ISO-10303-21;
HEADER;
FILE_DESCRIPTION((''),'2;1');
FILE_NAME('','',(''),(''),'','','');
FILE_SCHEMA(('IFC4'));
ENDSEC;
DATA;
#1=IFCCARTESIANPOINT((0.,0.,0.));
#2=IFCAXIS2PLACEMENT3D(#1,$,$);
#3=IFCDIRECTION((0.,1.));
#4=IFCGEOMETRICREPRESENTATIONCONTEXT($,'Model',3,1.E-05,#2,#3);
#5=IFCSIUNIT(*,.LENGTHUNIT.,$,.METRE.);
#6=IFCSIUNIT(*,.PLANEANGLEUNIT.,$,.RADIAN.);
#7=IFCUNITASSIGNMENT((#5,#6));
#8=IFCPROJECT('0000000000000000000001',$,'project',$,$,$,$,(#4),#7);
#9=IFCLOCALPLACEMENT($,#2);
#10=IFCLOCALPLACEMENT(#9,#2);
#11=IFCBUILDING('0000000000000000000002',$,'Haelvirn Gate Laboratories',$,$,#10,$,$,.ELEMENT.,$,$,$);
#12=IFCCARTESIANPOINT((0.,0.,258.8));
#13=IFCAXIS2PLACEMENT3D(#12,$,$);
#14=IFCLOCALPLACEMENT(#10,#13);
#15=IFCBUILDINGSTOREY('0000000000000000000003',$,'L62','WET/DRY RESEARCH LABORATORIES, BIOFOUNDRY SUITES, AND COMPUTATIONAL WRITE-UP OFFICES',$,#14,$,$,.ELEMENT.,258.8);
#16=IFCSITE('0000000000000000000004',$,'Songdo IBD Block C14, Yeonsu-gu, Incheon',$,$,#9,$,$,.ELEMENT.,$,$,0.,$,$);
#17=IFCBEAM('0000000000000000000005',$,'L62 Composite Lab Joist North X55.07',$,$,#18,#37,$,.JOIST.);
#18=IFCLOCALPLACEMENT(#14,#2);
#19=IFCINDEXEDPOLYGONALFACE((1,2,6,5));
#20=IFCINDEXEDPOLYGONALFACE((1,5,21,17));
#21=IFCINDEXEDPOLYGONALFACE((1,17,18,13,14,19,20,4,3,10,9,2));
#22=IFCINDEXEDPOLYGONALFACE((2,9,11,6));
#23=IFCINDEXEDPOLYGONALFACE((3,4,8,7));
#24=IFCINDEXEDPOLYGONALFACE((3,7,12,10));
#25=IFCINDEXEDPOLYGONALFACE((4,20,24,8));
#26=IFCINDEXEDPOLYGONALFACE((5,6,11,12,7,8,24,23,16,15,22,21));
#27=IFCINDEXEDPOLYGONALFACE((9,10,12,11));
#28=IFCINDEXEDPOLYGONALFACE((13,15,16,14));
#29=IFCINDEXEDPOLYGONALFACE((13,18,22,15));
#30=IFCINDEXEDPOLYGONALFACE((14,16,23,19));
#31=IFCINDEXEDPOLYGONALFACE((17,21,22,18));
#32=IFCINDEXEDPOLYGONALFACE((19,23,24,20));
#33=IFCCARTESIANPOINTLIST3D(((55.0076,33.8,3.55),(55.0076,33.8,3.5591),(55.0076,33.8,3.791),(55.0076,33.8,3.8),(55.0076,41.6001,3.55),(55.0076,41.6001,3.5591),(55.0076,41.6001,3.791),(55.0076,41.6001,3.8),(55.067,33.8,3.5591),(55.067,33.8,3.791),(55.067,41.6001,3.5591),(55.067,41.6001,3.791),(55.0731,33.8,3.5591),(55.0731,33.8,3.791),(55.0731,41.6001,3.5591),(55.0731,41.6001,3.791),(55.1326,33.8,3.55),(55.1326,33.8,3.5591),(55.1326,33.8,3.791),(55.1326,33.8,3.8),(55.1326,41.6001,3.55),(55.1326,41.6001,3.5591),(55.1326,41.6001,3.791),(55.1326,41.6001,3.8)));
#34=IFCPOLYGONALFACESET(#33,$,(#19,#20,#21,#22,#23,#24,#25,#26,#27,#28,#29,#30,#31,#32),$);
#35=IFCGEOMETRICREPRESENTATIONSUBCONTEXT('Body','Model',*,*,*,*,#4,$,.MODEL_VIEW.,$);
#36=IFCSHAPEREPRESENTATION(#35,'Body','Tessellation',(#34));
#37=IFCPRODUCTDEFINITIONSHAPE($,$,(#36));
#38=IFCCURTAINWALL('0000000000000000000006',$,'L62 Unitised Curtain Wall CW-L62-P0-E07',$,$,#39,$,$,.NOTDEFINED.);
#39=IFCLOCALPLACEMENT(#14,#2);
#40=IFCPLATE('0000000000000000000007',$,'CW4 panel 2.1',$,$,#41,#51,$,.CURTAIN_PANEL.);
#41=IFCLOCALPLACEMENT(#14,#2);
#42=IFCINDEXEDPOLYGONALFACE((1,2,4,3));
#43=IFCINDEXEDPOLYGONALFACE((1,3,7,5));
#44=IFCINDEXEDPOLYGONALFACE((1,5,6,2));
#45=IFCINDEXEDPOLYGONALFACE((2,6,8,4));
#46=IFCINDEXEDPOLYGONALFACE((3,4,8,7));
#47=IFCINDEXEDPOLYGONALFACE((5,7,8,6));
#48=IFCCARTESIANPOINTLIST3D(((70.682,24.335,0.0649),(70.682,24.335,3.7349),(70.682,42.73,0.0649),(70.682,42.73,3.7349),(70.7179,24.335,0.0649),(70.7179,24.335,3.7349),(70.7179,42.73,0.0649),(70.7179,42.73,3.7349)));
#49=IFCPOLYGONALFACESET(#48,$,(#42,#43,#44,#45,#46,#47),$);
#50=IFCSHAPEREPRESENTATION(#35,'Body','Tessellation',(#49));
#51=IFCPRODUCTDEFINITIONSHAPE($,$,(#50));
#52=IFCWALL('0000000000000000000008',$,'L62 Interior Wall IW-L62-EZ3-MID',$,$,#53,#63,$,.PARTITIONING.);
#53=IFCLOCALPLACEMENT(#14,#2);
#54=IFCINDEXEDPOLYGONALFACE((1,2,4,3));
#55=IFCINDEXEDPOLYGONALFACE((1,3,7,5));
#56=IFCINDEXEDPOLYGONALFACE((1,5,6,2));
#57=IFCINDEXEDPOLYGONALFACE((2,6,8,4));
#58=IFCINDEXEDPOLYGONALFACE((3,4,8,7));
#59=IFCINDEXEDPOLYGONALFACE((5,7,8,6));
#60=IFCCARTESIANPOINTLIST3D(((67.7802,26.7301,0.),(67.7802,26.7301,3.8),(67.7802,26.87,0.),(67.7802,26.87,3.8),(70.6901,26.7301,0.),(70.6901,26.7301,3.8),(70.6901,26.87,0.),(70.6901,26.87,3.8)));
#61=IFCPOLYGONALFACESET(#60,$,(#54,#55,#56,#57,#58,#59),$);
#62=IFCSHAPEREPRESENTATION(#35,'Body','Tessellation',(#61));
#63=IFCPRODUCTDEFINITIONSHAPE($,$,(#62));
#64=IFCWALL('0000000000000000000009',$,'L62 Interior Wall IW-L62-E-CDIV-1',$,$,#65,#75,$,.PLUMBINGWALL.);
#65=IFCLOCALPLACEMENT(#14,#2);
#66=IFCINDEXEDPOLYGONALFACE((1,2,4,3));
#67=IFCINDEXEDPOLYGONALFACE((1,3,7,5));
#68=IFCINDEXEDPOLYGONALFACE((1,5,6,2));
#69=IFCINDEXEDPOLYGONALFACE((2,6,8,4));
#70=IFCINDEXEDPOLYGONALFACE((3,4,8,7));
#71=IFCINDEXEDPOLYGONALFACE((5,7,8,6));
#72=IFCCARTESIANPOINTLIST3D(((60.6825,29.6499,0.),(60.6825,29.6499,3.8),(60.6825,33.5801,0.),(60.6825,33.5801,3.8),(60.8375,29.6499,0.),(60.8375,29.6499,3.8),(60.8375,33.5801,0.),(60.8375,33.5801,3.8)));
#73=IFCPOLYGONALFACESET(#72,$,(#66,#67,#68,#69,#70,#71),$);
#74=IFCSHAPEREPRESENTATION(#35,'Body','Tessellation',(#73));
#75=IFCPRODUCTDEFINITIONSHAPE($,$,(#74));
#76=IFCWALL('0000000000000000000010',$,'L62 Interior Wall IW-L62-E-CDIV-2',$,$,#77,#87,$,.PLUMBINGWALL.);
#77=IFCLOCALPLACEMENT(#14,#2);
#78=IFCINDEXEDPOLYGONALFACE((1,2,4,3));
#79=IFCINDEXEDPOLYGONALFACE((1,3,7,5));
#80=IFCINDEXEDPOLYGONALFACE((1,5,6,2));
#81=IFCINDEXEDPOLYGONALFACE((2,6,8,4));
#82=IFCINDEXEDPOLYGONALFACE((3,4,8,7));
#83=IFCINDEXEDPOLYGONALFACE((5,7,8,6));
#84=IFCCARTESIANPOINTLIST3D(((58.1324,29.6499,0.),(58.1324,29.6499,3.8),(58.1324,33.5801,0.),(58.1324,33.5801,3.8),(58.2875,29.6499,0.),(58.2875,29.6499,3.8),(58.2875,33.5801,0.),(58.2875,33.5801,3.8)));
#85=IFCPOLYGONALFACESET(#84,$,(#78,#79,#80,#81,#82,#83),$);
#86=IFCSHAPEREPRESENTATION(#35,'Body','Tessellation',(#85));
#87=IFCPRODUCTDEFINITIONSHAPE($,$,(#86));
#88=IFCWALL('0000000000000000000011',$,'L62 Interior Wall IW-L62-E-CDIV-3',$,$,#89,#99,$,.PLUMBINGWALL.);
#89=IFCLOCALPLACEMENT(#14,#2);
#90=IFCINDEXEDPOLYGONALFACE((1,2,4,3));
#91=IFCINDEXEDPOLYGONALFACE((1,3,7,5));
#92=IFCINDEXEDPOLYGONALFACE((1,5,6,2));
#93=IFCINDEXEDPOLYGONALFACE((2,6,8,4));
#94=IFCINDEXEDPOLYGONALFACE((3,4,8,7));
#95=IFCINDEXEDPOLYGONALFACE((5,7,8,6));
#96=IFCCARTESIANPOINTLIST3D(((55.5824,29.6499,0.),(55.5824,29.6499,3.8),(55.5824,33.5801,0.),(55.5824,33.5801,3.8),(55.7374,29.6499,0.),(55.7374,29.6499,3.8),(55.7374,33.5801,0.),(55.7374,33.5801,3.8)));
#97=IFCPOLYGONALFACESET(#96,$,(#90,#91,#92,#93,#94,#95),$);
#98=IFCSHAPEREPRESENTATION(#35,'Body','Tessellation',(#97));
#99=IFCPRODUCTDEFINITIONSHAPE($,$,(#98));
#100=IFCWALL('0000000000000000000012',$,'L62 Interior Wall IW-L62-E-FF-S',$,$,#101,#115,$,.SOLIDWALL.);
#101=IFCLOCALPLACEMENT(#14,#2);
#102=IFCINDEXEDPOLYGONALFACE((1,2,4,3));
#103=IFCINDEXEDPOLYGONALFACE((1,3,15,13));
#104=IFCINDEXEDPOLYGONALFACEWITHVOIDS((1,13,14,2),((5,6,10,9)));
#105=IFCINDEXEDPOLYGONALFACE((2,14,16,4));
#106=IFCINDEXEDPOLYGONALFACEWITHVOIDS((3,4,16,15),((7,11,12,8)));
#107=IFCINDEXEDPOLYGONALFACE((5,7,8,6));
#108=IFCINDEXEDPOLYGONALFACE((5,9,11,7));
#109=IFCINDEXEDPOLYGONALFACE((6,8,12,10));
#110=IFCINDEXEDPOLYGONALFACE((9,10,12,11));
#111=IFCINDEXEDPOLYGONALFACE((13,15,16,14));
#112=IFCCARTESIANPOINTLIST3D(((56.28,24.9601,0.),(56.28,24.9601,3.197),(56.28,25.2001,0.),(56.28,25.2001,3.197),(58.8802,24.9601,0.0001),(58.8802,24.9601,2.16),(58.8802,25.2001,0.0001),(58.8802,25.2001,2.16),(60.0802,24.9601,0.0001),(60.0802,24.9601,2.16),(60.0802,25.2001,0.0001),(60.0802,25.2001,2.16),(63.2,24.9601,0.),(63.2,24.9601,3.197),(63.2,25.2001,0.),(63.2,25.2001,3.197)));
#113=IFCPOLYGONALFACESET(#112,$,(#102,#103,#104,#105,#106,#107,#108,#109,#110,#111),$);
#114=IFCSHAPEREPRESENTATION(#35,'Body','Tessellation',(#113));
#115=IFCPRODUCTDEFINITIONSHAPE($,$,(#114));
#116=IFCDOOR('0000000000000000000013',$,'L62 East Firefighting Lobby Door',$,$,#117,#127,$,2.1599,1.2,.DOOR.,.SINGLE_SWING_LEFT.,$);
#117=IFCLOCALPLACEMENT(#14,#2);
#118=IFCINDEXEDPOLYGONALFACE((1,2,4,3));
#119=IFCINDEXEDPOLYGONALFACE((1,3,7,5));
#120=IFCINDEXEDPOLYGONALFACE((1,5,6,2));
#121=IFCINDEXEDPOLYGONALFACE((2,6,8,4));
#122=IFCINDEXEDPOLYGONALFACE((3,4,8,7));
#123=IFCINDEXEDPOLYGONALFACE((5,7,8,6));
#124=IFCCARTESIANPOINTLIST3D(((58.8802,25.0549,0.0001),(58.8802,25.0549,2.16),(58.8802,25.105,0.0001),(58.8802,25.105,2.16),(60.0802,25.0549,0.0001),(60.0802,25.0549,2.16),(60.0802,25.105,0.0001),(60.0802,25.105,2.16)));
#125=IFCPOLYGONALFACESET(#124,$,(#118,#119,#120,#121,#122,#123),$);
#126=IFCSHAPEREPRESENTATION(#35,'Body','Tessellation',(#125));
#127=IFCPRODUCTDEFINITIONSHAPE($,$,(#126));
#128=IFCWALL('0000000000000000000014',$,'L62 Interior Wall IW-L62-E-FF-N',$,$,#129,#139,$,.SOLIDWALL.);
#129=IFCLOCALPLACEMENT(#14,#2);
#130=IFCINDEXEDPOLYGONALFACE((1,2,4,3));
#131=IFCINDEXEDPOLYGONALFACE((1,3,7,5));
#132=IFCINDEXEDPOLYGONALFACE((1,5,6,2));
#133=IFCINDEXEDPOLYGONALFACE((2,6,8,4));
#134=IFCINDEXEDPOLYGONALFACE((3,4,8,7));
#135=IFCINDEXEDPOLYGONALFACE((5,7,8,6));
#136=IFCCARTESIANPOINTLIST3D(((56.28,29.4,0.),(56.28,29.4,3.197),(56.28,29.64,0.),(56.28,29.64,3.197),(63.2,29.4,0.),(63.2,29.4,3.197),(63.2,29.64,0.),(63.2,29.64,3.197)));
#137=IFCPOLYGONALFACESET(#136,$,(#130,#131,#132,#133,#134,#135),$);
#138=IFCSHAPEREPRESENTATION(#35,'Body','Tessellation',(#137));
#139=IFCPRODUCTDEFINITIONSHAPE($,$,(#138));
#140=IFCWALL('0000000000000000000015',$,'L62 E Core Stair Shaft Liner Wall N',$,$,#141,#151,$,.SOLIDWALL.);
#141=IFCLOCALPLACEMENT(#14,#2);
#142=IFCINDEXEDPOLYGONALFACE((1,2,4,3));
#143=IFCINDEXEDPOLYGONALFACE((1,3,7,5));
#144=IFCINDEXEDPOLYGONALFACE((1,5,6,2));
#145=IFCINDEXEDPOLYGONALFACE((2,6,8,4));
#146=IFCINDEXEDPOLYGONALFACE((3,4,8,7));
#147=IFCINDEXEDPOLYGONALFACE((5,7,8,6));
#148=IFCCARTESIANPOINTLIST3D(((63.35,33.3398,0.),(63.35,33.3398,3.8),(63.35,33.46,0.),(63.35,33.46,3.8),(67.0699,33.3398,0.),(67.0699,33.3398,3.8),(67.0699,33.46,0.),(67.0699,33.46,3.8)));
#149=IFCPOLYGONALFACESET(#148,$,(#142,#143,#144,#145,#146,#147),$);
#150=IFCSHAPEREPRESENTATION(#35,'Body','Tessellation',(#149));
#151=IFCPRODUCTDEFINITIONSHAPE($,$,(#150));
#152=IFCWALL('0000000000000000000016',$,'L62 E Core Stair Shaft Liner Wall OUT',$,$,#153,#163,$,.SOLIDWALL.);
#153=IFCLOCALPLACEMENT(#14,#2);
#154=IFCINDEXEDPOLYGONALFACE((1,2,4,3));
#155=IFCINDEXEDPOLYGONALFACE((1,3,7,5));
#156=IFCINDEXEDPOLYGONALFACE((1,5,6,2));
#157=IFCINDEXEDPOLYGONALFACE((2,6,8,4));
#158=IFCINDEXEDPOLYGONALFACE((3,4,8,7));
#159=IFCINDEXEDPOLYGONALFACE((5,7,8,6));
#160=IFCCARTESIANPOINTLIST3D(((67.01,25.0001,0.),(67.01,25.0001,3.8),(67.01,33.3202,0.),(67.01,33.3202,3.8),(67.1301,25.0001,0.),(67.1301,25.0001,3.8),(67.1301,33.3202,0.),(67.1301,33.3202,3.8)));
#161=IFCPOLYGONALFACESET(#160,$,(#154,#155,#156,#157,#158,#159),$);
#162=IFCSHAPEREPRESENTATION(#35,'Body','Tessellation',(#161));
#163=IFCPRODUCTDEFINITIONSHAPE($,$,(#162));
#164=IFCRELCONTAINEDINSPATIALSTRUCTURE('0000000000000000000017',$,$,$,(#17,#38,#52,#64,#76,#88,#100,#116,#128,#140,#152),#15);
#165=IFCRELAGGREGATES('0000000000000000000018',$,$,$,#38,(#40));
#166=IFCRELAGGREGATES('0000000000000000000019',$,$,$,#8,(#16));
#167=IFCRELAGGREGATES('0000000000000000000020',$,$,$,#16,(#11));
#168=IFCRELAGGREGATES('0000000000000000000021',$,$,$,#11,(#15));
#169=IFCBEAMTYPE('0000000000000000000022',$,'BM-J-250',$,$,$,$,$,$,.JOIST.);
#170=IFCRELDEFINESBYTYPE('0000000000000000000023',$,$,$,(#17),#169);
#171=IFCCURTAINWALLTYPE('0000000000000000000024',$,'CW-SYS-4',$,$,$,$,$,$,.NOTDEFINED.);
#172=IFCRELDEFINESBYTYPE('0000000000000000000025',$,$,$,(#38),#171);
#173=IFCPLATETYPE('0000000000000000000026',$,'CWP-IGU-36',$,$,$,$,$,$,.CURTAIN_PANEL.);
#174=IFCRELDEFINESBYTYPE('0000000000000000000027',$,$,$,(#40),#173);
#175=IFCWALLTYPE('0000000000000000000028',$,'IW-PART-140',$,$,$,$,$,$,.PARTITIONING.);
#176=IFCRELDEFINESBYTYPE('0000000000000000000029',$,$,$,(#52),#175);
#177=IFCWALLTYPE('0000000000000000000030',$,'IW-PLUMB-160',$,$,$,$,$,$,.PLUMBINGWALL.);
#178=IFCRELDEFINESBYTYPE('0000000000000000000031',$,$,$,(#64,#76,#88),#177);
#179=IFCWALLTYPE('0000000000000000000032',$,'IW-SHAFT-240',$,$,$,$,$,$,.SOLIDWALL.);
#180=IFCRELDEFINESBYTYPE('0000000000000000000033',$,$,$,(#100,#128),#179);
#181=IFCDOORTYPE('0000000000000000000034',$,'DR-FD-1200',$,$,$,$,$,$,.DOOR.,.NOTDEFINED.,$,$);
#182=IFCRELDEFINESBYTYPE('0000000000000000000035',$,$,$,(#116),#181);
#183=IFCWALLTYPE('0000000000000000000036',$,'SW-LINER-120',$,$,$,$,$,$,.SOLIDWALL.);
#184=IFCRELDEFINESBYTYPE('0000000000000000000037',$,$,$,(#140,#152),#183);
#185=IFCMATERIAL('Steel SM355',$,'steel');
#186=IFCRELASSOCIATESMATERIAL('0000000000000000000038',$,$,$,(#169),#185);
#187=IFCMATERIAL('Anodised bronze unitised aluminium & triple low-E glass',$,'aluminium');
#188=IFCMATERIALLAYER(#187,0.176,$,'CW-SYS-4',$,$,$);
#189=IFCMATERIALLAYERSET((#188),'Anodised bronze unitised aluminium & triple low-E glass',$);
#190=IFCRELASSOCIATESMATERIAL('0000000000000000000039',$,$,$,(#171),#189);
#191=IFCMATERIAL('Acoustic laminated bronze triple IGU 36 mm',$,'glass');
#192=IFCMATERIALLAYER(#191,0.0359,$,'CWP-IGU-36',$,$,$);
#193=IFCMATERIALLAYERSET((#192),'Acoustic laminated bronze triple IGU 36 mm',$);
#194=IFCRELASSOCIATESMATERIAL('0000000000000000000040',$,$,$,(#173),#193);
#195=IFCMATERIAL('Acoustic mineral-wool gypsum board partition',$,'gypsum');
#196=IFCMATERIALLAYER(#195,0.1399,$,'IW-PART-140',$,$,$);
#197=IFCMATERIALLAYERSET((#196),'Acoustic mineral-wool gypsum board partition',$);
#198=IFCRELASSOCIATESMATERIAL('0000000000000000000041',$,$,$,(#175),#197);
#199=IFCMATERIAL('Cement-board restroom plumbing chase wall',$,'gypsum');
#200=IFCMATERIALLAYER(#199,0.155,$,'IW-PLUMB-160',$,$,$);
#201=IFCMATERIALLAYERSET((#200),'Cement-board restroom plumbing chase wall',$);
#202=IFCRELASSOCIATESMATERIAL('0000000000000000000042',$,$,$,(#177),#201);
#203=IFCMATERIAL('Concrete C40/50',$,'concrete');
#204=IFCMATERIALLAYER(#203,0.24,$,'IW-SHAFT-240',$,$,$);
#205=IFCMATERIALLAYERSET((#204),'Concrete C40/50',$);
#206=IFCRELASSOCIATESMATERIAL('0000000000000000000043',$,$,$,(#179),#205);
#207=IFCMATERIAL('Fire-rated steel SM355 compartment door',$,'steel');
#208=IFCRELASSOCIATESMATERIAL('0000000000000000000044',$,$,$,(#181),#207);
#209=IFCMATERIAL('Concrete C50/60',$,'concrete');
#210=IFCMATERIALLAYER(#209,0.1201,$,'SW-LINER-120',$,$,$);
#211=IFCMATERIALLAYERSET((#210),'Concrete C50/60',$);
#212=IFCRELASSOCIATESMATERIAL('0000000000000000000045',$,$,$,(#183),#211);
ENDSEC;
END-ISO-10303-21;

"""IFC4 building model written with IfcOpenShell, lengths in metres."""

from ifc_helpers import new_model, si_unit, direction, frame, frame_2d, origin, origin_2d, place, context, subcontext, project, spatial, rectangle, i_section, extrude, source, transform, mapped, material, layer, layer_set, material_profile, profile_set, type_object, type_shapes, element, fill, aggregate, save


model = new_model("IFC4")

# Units and contexts
model_context = context("Model", 3, precision=1e-05, world=origin(), true_north=direction((0.0, 1.0)))
body_context = subcontext(model_context, "Body", "Model", "MODEL_VIEW")
ifc_project = project(units=[si_unit("LENGTHUNIT", "METRE"), si_unit("PLANEANGLEUNIT", "RADIAN")], contexts=[model_context])

# Site, building, storey
site_placement = place(None, origin())
site = spatial("IfcSite", under=ifc_project, at=site_placement, Name="Songdo IBD Block C14, Yeonsu-gu, Incheon", CompositionType="ELEMENT", RefElevation=0.0)
building_placement = place(site_placement, origin())
building = spatial("IfcBuilding", under=site, at=building_placement, Name="Haelvirn Gate Laboratories", CompositionType="ELEMENT")
storey_placement = place(building_placement, frame((0.0, 0.0, 258.8)))
storey = spatial("IfcBuildingStorey", under=building, at=storey_placement, Name="L62", Description="WET/DRY RESEARCH LABORATORIES, BIOFOUNDRY SUITES, AND COMPUTATIONAL WRITE-UP OFFICES", CompositionType="ELEMENT", Elevation=258.8)

# Beam
ifc_material_1 = material(Name="Steel SM355", Category="steel")
ifc_material_profile = material_profile(ifc_material_1, i_section(OverallWidth=0.125, OverallDepth=0.25, WebThickness=0.0061, FlangeThickness=0.009, at=origin_2d()), Name="H-250x125x6x9")
ifc_profile_set = profile_set([ifc_material_profile], Name="Steel SM355")
beam_type = type_object("IfcBeamType", Name="BM-J-250", PredefinedType="JOIST", material=ifc_profile_set)
shared_shape_1 = source(origin(), body_context, "Body", "SweptSolid", [
    extrude(i_section(OverallWidth=0.125, OverallDepth=0.25, WebThickness=0.0061, FlangeThickness=0.009, at=origin_2d()), origin(), (0.0, 0.0, 1.0), 7.8),
])
type_shapes(beam_type, [shared_shape_1])
beam_placement = place(storey_placement, frame((55.0701, 33.8, 3.675), z_axis=(0.0, 1.0, 0.0), x_axis=(-1.0, 0.0, 0.0)))
element("IfcBeam", 1, at=beam_placement, inside=storey, type_object=beam_type, Name="L62 Composite Lab Joist North X55.07", PredefinedType="JOIST", context=body_context, shape_type="MappedRepresentation", body=[
    mapped(shared_shape_1, transform((0.0, 0.0, 0.0), scale=1.0)),
])

# Curtain wall, plate
ifc_material_2 = material(Name="Anodised bronze unitised aluminium & triple low-E glass", Category="aluminium")
ifc_layer_1 = layer(ifc_material_2, 0.176, Name="CW-SYS-4")
ifc_layer_set_1 = layer_set([ifc_layer_1], Name="Anodised bronze unitised aluminium & triple low-E glass")
curtain_wall_type = type_object("IfcCurtainWallType", Name="CW-SYS-4", PredefinedType="NOTDEFINED", material=ifc_layer_set_1)
curtain_wall_placement = place(storey_placement, origin())
curtain_wall = element("IfcCurtainWall", 2, at=curtain_wall_placement, inside=storey, type_object=curtain_wall_type, Name="L62 Unitised Curtain Wall CW-L62-P0-E07", PredefinedType="NOTDEFINED")
ifc_material_3 = material(Name="Acoustic laminated bronze triple IGU 36 mm", Category="glass")
ifc_layer_2 = layer(ifc_material_3, 0.0359, Name="CWP-IGU-36")
ifc_layer_set_2 = layer_set([ifc_layer_2], Name="Acoustic laminated bronze triple IGU 36 mm")
plate_type = type_object("IfcPlateType", Name="CWP-IGU-36", PredefinedType="CURTAIN_PANEL", material=ifc_layer_set_2)
shared_shape_2 = source(origin(), body_context, "Body", "SweptSolid", [
    extrude(rectangle(XDim=18.395, YDim=0.0359, at=origin_2d()), origin(), (0.0, 0.0, 1.0), 3.6699),
])
type_shapes(plate_type, [shared_shape_2])
plate_placement = place(storey_placement, frame((70.7, 33.5325, 0.0649), z_axis=(0.0, 0.0, 1.0), x_axis=(0.0, 1.0, 0.0)))
plate = element("IfcPlate", 3, at=plate_placement, type_object=plate_type, Name="CW4 panel 2.1", PredefinedType="CURTAIN_PANEL", context=body_context, shape_type="MappedRepresentation", body=[
    mapped(shared_shape_2, transform((0.0, 0.0, 0.0), scale=1.0)),
])
aggregate(curtain_wall, [plate])

# Walls
ifc_material_4 = material(Name="Acoustic mineral-wool gypsum board partition", Category="gypsum")
ifc_layer_3 = layer(ifc_material_4, 0.1399, Name="IW-PART-140")
ifc_layer_set_3 = layer_set([ifc_layer_3], Name="Acoustic mineral-wool gypsum board partition")
wall_type_1 = type_object("IfcWallType", Name="IW-PART-140", PredefinedType="PARTITIONING", material=ifc_layer_set_3)
wall_1_placement = place(storey_placement, frame((67.78, 26.8, 0.0), z_axis=(0.0, 0.0, 1.0), x_axis=(1.0, 0.0, 0.0)))
element("IfcWall", 4, at=wall_1_placement, inside=storey, type_object=wall_type_1, Name="L62 Interior Wall IW-L62-EZ3-MID", PredefinedType="PARTITIONING", context=body_context, shape_type="SweptSolid", body=[
    extrude(rectangle(XDim=2.9099, YDim=0.1399, at=frame_2d((1.4551, 0.0))), origin(), (0.0, 0.0, 1.0), 3.8),
])
ifc_material_5 = material(Name="Cement-board restroom plumbing chase wall", Category="gypsum")
ifc_layer_4 = layer(ifc_material_5, 0.155, Name="IW-PLUMB-160")
ifc_layer_set_4 = layer_set([ifc_layer_4], Name="Cement-board restroom plumbing chase wall")
wall_type_2 = type_object("IfcWallType", Name="IW-PLUMB-160", PredefinedType="PLUMBINGWALL", material=ifc_layer_set_4)
for number, where, z_axis, x_axis, name in (
    (5, (60.76, 29.6499, 0.0), (0.0, 0.0, 1.0), (0.0, 1.0, 0.0), "L62 Interior Wall IW-L62-E-CDIV-1"),
    (6, (58.21, 29.6499, 0.0), (0.0, 0.0, 1.0), (0.0, 1.0, 0.0), "L62 Interior Wall IW-L62-E-CDIV-2"),
    (7, (55.6599, 29.6499, 0.0), (0.0, 0.0, 1.0), (0.0, 1.0, 0.0), "L62 Interior Wall IW-L62-E-CDIV-3"),
):
    element("IfcWall", number, at=place(storey_placement, frame(where, z_axis=z_axis, x_axis=x_axis)), inside=storey, type_object=wall_type_2, Name=name, PredefinedType="PLUMBINGWALL", context=body_context, shape_type="SweptSolid", body=[
        extrude(rectangle(XDim=3.9302, YDim=0.155, at=frame_2d((1.9651, 0.0))), origin(), (0.0, 0.0, 1.0), 3.8),
    ])

# Wall, opening, door
ifc_material_6 = material(Name="Concrete C40/50", Category="concrete")
ifc_layer_5 = layer(ifc_material_6, 0.24, Name="IW-SHAFT-240")
ifc_layer_set_5 = layer_set([ifc_layer_5], Name="Concrete C40/50")
wall_type_3 = type_object("IfcWallType", Name="IW-SHAFT-240", PredefinedType="SOLIDWALL", material=ifc_layer_set_5)
wall_2_placement = place(storey_placement, frame((56.28, 25.0801, 0.0), z_axis=(0.0, 0.0, 1.0), x_axis=(1.0, 0.0, 0.0)))
wall_2 = element("IfcWall", 8, at=wall_2_placement, inside=storey, type_object=wall_type_3, Name="L62 Interior Wall IW-L62-E-FF-S", PredefinedType="SOLIDWALL", context=body_context, shape_type="SweptSolid", body=[
    extrude(rectangle(XDim=6.9199, YDim=0.24, at=frame_2d((3.46, 0.0))), origin(), (0.0, 0.0, 1.0), 3.197),
])
opening_1_placement = place(wall_2_placement, frame((2.6001, 0.0, 0.0)))
opening_1 = element("IfcOpeningElement", 9, at=opening_1_placement, cuts=wall_2, PredefinedType="OPENING", context=body_context, shape_type="SweptSolid", body=[
    extrude(rectangle(XDim=1.2, YDim=2.1599, at=frame_2d((0.6001, 1.0801))), frame((0.0, 0.1299, 0.0), z_axis=(0.0, -1.0, 0.0), x_axis=(1.0, 0.0, 0.0)), (0.0, 0.0, 1.0), 0.26),
])
ifc_material_7 = material(Name="Fire-rated steel SM355 compartment door", Category="steel")
door_type_1 = type_object("IfcDoorType", Name="DR-FD-1200", OperationType="NOTDEFINED", PredefinedType="DOOR", material=ifc_material_7)
shared_shape_3 = source(origin(), body_context, "Body", "SweptSolid", [
    extrude(rectangle(XDim=1.2, YDim=2.1599, at=frame_2d((0.6001, 1.0801))), frame((0.0, 0.0249, 0.0), z_axis=(0.0, -1.0, 0.0), x_axis=(1.0, 0.0, 0.0)), (0.0, 0.0, 1.0), 0.05),
])
type_shapes(door_type_1, [shared_shape_3])
door_1_placement = place(opening_1_placement, origin())
door_1 = element("IfcDoor", 10, at=door_1_placement, inside=storey, type_object=door_type_1, Name="L62 East Firefighting Lobby Door", OperationType="SINGLE_SWING_LEFT", OverallHeight=2.1599, OverallWidth=1.2, PredefinedType="DOOR", context=body_context, shape_type="MappedRepresentation", body=[
    mapped(shared_shape_3, transform((0.0, 0.0, 0.0), scale=1.0)),
])
fill(opening_1, door_1)

# Walls
wall_3_placement = place(storey_placement, frame((56.28, 29.52, 0.0), z_axis=(0.0, 0.0, 1.0), x_axis=(1.0, 0.0, 0.0)))
element("IfcWall", 11, at=wall_3_placement, inside=storey, type_object=wall_type_3, Name="L62 Interior Wall IW-L62-E-FF-N", PredefinedType="SOLIDWALL", context=body_context, shape_type="SweptSolid", body=[
    extrude(rectangle(XDim=6.9199, YDim=0.24, at=frame_2d((3.46, 0.0))), origin(), (0.0, 0.0, 1.0), 3.197),
])
ifc_material_8 = material(Name="Concrete C50/60", Category="concrete")
ifc_layer_6 = layer(ifc_material_8, 0.1201, Name="SW-LINER-120")
ifc_layer_set_6 = layer_set([ifc_layer_6], Name="Concrete C50/60")
wall_type_4 = type_object("IfcWallType", Name="SW-LINER-120", PredefinedType="SOLIDWALL", material=ifc_layer_set_6)
wall_4_placement = place(storey_placement, frame((63.3501, 33.3999, 0.0), z_axis=(0.0, 0.0, 1.0), x_axis=(1.0, 0.0, 0.0)))
element("IfcWall", 12, at=wall_4_placement, inside=storey, type_object=wall_type_4, Name="L62 E Core Stair Shaft Liner Wall N", PredefinedType="SOLIDWALL", context=body_context, shape_type="SweptSolid", body=[
    extrude(rectangle(XDim=3.72, YDim=0.1201, at=frame_2d((1.8599, 0.0))), origin(), (0.0, 0.0, 1.0), 3.8),
])
wall_5_placement = place(storey_placement, frame((67.0701, 25.0, 0.0), z_axis=(0.0, 0.0, 1.0), x_axis=(0.0, 1.0, 0.0)))
element("IfcWall", 13, at=wall_5_placement, inside=storey, type_object=wall_type_4, Name="L62 E Core Stair Shaft Liner Wall OUT", PredefinedType="SOLIDWALL", context=body_context, shape_type="SweptSolid", body=[
    extrude(rectangle(XDim=8.3201, YDim=0.1201, at=frame_2d((4.1602, 0.0))), origin(), (0.0, 0.0, 1.0), 3.8),
])

save(model, "model.ifc")
